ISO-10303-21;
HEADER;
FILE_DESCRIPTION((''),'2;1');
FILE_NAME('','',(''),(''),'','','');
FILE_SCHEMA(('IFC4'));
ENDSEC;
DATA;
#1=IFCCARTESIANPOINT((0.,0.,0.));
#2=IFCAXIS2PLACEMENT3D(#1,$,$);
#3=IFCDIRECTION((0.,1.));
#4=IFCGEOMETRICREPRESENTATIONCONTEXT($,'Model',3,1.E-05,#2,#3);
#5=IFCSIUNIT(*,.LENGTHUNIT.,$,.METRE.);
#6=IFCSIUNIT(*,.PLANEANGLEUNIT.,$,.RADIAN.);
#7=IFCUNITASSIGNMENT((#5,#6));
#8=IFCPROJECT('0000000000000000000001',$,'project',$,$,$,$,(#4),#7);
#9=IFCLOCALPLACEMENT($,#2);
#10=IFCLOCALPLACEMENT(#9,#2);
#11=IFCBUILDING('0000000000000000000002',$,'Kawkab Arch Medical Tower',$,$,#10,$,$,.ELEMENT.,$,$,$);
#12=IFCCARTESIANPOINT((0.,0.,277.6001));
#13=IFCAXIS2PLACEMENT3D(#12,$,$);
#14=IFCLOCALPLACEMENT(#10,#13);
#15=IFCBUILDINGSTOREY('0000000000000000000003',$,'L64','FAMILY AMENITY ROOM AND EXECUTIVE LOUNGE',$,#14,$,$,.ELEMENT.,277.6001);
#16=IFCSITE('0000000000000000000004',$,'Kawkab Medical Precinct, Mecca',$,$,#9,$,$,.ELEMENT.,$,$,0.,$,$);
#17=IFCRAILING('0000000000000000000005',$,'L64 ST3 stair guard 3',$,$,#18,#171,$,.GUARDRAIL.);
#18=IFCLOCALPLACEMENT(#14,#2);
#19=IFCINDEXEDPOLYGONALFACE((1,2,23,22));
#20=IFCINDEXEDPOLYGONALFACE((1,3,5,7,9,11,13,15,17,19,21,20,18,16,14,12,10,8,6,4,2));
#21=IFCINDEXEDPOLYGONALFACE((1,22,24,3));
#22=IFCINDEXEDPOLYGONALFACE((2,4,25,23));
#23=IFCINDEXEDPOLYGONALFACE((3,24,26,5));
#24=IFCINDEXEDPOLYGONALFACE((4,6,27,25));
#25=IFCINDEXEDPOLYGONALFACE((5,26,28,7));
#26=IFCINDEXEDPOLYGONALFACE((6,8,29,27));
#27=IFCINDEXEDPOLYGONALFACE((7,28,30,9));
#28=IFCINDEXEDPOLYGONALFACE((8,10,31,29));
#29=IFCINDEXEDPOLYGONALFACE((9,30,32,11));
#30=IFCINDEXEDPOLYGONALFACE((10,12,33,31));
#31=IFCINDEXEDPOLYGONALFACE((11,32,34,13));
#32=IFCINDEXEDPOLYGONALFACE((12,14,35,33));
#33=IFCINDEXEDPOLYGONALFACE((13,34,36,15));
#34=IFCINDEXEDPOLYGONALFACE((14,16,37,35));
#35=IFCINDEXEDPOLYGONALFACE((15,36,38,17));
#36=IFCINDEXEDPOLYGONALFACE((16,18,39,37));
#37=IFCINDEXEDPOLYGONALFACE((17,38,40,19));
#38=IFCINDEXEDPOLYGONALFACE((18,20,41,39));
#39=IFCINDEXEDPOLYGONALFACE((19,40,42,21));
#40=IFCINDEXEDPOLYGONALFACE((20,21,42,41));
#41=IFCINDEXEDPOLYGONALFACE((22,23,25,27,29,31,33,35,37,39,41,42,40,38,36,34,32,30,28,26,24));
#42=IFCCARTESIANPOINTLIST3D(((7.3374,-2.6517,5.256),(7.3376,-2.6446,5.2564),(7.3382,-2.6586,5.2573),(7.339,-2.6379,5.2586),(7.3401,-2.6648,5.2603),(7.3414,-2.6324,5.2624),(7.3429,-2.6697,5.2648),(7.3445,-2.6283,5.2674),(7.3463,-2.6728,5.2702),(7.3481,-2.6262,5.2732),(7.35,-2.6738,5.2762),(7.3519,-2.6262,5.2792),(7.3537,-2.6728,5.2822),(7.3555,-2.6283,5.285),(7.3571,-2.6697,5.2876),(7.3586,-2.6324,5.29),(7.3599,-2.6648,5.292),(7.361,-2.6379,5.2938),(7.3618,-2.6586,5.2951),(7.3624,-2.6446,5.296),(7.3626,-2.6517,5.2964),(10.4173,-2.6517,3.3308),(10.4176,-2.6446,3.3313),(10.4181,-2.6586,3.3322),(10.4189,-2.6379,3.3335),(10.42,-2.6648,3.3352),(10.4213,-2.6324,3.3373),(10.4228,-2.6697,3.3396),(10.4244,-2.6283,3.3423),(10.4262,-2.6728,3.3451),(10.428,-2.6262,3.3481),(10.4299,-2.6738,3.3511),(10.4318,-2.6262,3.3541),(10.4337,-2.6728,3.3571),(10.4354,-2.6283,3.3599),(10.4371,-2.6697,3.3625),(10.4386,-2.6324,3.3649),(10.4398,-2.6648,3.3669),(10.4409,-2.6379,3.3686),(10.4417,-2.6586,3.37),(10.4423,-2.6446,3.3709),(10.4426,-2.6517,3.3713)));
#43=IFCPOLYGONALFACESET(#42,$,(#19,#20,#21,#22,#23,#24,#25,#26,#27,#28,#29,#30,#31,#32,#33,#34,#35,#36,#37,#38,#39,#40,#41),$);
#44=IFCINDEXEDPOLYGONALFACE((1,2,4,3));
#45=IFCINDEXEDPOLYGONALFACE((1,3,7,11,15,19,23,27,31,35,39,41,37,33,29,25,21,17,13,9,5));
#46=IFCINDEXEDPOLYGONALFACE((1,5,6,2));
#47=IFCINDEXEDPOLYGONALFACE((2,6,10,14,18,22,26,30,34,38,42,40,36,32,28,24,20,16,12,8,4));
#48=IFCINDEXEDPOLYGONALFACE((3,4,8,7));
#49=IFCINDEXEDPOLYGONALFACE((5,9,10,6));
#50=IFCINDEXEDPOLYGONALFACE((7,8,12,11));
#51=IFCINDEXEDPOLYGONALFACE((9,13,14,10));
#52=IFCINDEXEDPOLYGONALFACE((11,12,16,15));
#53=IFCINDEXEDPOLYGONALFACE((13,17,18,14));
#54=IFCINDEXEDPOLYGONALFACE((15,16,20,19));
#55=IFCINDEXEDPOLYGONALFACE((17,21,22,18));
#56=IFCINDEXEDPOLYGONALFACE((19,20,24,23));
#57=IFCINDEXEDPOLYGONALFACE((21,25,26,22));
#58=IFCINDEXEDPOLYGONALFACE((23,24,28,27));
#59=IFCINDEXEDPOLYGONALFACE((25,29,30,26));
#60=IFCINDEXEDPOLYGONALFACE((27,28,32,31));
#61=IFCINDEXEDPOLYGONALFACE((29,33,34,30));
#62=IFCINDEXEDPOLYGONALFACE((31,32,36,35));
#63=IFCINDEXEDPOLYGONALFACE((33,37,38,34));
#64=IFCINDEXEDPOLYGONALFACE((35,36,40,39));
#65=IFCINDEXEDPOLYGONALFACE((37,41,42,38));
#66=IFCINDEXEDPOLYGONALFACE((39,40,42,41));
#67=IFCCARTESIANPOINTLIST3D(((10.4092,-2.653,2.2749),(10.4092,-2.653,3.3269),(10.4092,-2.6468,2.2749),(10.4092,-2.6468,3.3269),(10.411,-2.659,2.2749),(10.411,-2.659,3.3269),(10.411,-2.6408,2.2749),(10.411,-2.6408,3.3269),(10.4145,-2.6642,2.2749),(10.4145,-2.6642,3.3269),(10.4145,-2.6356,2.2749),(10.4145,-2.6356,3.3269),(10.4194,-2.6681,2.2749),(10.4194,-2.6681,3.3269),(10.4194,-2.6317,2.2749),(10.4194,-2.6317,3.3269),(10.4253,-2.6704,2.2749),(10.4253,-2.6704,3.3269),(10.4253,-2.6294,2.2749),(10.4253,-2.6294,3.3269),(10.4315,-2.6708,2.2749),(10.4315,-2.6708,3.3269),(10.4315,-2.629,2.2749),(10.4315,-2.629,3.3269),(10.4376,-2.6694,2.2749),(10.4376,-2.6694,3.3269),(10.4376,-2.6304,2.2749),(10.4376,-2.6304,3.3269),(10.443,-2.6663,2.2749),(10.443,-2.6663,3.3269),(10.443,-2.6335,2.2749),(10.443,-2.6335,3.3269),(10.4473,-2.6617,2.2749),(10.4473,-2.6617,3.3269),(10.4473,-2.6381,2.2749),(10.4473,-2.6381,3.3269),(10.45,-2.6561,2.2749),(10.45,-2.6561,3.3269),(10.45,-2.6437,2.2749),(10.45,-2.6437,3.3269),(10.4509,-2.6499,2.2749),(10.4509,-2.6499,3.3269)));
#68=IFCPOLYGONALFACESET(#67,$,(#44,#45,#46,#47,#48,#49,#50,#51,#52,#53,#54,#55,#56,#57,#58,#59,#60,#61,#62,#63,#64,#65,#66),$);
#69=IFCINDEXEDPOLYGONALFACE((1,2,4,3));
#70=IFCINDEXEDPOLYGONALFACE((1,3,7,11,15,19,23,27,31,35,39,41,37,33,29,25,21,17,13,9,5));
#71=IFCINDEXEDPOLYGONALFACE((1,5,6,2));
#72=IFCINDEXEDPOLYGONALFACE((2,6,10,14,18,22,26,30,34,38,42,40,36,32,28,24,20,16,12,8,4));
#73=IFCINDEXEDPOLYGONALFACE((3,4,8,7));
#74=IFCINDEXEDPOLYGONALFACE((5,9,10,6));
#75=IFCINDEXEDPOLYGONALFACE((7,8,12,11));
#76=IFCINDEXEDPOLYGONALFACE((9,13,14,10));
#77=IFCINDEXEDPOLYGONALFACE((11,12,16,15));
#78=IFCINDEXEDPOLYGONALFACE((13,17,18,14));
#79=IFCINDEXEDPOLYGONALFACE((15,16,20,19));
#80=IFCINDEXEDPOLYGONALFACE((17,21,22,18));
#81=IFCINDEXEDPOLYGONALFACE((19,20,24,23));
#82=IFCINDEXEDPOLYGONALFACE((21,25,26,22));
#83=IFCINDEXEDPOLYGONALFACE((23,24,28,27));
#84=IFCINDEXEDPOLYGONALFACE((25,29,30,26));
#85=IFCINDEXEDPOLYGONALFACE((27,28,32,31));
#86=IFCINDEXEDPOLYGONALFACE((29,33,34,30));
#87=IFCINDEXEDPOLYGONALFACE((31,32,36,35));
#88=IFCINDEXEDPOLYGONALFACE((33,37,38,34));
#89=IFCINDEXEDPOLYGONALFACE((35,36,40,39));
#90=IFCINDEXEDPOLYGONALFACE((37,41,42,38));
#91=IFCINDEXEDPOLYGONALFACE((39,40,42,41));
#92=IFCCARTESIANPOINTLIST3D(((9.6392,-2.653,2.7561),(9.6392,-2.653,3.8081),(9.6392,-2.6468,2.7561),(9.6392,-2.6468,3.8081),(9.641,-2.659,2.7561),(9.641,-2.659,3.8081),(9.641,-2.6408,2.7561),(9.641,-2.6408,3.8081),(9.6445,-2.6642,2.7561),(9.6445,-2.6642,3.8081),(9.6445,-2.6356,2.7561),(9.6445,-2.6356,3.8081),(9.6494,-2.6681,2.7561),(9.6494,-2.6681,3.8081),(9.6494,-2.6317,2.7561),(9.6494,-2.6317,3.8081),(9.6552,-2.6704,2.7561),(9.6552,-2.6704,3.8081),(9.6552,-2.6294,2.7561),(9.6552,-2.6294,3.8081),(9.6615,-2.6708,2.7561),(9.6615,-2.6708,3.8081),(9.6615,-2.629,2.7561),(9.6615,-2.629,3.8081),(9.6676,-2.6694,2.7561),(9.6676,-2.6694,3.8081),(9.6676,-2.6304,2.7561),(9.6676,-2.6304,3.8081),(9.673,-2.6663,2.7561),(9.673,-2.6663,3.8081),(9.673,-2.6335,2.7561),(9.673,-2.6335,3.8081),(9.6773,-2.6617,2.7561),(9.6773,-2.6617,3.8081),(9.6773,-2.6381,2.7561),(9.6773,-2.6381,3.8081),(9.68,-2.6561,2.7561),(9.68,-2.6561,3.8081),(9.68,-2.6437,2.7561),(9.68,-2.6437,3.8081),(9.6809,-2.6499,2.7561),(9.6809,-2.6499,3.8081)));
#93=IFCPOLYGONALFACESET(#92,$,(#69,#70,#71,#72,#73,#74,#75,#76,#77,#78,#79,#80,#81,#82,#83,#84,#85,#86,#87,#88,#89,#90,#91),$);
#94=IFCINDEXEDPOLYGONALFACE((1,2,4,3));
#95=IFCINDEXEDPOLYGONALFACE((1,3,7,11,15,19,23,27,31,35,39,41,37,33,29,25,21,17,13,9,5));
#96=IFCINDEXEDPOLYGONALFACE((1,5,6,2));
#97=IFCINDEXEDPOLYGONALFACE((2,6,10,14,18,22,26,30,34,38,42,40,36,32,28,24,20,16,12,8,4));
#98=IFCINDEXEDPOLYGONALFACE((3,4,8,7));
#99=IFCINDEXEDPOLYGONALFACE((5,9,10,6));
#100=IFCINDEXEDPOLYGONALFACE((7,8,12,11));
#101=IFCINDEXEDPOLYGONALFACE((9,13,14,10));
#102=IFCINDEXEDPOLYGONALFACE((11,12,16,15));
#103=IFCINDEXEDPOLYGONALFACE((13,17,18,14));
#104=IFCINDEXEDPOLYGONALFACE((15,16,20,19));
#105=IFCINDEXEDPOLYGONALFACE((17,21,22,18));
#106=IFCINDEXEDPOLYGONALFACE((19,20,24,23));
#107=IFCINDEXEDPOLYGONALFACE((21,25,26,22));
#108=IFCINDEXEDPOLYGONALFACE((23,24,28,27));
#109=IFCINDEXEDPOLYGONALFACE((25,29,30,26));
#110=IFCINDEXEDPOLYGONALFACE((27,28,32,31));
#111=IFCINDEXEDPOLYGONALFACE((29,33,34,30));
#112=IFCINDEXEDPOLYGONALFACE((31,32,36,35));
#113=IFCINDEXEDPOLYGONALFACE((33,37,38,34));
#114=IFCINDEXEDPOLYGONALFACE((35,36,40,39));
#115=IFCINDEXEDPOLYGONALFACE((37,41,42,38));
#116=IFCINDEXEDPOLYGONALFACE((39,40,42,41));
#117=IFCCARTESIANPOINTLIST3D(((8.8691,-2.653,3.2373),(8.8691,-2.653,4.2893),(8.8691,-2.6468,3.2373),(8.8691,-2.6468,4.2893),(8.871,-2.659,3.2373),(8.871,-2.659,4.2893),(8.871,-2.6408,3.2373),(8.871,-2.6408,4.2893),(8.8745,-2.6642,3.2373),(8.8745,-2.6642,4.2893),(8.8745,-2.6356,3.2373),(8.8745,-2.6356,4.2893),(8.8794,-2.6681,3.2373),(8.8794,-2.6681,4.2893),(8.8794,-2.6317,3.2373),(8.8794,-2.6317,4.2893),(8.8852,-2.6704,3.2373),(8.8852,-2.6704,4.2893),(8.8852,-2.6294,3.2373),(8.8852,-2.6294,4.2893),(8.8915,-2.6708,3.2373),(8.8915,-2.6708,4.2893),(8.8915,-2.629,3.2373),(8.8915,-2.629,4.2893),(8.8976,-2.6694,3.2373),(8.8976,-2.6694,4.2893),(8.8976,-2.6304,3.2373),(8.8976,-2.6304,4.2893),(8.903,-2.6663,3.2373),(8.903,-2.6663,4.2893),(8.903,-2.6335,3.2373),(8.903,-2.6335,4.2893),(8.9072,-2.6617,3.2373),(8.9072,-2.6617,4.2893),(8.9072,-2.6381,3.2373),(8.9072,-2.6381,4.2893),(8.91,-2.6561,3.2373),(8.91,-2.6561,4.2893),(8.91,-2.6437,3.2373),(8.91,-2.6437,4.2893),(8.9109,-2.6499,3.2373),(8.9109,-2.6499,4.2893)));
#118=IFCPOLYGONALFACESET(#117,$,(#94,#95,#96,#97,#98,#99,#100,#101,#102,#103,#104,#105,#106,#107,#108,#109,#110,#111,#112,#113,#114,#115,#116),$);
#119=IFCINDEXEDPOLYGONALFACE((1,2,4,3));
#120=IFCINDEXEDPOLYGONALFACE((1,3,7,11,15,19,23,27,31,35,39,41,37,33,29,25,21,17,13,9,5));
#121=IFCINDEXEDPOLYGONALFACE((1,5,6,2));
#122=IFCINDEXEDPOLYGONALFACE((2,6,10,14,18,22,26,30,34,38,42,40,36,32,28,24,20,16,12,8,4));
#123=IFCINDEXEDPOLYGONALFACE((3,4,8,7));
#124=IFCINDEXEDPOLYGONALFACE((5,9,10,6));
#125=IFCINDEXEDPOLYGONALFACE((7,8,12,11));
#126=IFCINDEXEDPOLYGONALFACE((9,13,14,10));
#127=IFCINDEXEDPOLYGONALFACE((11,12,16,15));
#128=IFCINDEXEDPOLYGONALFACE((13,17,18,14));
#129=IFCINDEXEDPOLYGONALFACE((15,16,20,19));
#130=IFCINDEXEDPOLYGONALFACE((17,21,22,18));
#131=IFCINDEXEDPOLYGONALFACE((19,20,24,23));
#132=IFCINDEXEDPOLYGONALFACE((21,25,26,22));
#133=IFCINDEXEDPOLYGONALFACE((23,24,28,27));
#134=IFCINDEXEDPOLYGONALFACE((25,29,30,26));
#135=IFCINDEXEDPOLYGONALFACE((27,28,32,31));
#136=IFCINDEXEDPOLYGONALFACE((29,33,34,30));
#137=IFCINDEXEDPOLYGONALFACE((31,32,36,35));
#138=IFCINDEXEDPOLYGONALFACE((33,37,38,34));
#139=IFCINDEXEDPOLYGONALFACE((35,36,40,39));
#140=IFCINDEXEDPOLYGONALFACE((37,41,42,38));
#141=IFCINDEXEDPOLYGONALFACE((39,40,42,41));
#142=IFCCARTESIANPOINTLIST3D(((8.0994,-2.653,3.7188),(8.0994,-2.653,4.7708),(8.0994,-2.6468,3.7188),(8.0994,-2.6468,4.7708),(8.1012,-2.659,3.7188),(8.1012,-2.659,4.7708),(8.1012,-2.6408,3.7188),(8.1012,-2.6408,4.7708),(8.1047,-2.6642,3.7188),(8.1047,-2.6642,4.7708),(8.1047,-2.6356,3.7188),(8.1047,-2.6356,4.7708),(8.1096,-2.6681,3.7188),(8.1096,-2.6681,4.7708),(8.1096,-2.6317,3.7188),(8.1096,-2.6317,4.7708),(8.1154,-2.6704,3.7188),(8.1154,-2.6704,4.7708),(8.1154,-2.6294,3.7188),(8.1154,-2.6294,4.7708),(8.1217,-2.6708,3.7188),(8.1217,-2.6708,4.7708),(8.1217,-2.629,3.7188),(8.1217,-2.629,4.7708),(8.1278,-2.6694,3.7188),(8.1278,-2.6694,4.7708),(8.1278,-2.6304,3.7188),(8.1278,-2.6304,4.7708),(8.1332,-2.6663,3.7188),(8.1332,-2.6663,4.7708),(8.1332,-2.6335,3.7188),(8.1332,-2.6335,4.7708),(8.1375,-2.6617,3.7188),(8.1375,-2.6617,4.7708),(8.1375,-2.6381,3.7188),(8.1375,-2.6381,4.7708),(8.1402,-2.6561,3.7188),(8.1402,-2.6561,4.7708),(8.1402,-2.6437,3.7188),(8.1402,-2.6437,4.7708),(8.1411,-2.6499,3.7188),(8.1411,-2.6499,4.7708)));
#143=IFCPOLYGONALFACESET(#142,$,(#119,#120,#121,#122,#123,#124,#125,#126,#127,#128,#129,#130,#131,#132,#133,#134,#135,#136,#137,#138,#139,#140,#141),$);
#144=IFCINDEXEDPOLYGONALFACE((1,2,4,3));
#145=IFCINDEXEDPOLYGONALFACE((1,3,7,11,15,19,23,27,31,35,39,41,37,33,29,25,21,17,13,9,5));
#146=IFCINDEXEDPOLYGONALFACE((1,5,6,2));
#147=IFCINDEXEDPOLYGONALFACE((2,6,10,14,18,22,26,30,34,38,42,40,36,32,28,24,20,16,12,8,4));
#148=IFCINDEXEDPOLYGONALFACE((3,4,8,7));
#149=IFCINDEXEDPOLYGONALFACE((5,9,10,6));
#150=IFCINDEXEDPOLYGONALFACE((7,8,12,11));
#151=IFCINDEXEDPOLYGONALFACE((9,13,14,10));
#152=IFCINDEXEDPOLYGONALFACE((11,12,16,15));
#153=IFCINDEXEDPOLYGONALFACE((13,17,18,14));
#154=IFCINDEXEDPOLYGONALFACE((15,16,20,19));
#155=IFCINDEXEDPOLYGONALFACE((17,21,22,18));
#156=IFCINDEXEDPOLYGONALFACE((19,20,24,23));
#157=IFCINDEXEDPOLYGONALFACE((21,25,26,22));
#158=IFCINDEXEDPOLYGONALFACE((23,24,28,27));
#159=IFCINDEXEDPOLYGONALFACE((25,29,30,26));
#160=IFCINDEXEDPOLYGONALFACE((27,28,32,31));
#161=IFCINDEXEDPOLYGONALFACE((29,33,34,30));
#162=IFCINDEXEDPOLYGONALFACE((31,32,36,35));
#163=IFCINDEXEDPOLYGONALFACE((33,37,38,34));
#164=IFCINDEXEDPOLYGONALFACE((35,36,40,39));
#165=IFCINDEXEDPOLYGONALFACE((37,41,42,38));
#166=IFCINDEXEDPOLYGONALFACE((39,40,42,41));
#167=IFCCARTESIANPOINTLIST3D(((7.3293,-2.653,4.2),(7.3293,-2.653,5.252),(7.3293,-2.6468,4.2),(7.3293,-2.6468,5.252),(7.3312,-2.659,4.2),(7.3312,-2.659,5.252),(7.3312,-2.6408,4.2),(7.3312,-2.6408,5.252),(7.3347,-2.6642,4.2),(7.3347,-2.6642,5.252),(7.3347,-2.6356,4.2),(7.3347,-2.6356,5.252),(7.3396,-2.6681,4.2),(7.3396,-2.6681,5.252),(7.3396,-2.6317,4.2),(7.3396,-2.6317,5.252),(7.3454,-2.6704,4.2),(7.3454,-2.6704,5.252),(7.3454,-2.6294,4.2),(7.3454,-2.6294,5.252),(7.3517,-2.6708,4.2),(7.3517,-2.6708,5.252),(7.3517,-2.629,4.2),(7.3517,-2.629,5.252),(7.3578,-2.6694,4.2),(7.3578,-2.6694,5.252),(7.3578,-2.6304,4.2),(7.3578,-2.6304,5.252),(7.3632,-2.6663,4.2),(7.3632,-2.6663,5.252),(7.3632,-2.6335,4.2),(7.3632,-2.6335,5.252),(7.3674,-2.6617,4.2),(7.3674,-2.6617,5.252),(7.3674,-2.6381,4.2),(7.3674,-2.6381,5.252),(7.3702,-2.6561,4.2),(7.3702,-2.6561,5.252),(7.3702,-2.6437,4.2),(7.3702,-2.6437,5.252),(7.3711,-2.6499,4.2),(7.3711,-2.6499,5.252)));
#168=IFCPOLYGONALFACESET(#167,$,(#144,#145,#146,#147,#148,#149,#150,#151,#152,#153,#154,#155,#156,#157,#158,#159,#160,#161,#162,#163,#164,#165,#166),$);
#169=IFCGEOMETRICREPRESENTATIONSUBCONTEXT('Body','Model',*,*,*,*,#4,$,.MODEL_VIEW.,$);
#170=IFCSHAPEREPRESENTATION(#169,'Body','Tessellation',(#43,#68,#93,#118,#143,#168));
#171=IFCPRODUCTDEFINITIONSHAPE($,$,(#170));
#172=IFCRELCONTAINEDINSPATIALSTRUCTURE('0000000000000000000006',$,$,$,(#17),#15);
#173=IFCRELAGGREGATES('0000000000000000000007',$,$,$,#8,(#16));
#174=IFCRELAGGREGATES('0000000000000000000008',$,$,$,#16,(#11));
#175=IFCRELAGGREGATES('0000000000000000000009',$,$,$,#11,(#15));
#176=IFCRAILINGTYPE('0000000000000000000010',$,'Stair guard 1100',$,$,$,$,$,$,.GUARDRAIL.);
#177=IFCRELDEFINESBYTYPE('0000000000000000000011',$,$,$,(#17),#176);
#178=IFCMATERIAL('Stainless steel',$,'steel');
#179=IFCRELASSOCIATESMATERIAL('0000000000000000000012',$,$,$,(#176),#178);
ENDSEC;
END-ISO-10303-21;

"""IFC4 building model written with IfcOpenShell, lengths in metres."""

from ifc_helpers import new_model, si_unit, direction, frame, origin, origin_2d, place, context, subcontext, project, spatial, circle, extrude, material, type_object, element, save


model = new_model("IFC4")

# Units and contexts
model_context = context("Model", 3, precision=1e-05, world=origin(), true_north=direction((0.0, 1.0)))
body_context = subcontext(model_context, "Body", "Model", "MODEL_VIEW")
ifc_project = project(units=[si_unit("LENGTHUNIT", "METRE"), si_unit("PLANEANGLEUNIT", "RADIAN")], contexts=[model_context])

# Site, building, storey
site_placement = place(None, origin())
site = spatial("IfcSite", under=ifc_project, at=site_placement, Name="Kawkab Medical Precinct, Mecca", CompositionType="ELEMENT", RefElevation=0.0)
building_placement = place(site_placement, origin())
building = spatial("IfcBuilding", under=site, at=building_placement, Name="Kawkab Arch Medical Tower", CompositionType="ELEMENT")
storey_placement = place(building_placement, frame((0.0, 0.0, 277.6001)))
storey = spatial("IfcBuildingStorey", under=building, at=storey_placement, Name="L64", Description="FAMILY AMENITY ROOM AND EXECUTIVE LOUNGE", CompositionType="ELEMENT", Elevation=277.6001)

# Railing
ifc_material_1 = material(Name="Stainless steel", Category="steel")
railing_type = type_object("IfcRailingType", Name="Stair guard 1100", PredefinedType="GUARDRAIL", material=ifc_material_1)
railing_1_placement = place(storey_placement, frame((10.4299, -2.6499, 2.2749)))
element("IfcRailing", 1, at=railing_1_placement, inside=storey, type_object=railing_type, Name="L64 ST3 stair guard 3", PredefinedType="GUARDRAIL", context=body_context, shape_type="SweptSolid", body=[
    extrude(circle(Radius=0.0239, at=origin_2d()), frame((0.0, 0.0, 1.0762), z_axis=(-0.847979, 0.0, 0.530029), x_axis=(0.0, -1.0, 0.0)), (0.0, 0.0, 1.0), 3.6321),
    extrude(circle(Radius=0.021, at=origin_2d()), origin(), (0.0, 0.0, 1.0), 1.052),
    extrude(circle(Radius=0.021, at=origin_2d()), frame((-0.77, 0.0, 0.4812)), (0.0, 0.0, 1.0), 1.052),
    extrude(circle(Radius=0.021, at=origin_2d()), frame((-1.54, 0.0, 0.9624)), (0.0, 0.0, 1.0), 1.052),
    extrude(circle(Radius=0.021, at=origin_2d()), frame((-2.3098, 0.0, 1.4438)), (0.0, 0.0, 1.0), 1.052),
    extrude(circle(Radius=0.021, at=origin_2d()), frame((-3.0798, 0.0, 1.925)), (0.0, 0.0, 1.0), 1.052),
])

save(model, "model.ifc")
